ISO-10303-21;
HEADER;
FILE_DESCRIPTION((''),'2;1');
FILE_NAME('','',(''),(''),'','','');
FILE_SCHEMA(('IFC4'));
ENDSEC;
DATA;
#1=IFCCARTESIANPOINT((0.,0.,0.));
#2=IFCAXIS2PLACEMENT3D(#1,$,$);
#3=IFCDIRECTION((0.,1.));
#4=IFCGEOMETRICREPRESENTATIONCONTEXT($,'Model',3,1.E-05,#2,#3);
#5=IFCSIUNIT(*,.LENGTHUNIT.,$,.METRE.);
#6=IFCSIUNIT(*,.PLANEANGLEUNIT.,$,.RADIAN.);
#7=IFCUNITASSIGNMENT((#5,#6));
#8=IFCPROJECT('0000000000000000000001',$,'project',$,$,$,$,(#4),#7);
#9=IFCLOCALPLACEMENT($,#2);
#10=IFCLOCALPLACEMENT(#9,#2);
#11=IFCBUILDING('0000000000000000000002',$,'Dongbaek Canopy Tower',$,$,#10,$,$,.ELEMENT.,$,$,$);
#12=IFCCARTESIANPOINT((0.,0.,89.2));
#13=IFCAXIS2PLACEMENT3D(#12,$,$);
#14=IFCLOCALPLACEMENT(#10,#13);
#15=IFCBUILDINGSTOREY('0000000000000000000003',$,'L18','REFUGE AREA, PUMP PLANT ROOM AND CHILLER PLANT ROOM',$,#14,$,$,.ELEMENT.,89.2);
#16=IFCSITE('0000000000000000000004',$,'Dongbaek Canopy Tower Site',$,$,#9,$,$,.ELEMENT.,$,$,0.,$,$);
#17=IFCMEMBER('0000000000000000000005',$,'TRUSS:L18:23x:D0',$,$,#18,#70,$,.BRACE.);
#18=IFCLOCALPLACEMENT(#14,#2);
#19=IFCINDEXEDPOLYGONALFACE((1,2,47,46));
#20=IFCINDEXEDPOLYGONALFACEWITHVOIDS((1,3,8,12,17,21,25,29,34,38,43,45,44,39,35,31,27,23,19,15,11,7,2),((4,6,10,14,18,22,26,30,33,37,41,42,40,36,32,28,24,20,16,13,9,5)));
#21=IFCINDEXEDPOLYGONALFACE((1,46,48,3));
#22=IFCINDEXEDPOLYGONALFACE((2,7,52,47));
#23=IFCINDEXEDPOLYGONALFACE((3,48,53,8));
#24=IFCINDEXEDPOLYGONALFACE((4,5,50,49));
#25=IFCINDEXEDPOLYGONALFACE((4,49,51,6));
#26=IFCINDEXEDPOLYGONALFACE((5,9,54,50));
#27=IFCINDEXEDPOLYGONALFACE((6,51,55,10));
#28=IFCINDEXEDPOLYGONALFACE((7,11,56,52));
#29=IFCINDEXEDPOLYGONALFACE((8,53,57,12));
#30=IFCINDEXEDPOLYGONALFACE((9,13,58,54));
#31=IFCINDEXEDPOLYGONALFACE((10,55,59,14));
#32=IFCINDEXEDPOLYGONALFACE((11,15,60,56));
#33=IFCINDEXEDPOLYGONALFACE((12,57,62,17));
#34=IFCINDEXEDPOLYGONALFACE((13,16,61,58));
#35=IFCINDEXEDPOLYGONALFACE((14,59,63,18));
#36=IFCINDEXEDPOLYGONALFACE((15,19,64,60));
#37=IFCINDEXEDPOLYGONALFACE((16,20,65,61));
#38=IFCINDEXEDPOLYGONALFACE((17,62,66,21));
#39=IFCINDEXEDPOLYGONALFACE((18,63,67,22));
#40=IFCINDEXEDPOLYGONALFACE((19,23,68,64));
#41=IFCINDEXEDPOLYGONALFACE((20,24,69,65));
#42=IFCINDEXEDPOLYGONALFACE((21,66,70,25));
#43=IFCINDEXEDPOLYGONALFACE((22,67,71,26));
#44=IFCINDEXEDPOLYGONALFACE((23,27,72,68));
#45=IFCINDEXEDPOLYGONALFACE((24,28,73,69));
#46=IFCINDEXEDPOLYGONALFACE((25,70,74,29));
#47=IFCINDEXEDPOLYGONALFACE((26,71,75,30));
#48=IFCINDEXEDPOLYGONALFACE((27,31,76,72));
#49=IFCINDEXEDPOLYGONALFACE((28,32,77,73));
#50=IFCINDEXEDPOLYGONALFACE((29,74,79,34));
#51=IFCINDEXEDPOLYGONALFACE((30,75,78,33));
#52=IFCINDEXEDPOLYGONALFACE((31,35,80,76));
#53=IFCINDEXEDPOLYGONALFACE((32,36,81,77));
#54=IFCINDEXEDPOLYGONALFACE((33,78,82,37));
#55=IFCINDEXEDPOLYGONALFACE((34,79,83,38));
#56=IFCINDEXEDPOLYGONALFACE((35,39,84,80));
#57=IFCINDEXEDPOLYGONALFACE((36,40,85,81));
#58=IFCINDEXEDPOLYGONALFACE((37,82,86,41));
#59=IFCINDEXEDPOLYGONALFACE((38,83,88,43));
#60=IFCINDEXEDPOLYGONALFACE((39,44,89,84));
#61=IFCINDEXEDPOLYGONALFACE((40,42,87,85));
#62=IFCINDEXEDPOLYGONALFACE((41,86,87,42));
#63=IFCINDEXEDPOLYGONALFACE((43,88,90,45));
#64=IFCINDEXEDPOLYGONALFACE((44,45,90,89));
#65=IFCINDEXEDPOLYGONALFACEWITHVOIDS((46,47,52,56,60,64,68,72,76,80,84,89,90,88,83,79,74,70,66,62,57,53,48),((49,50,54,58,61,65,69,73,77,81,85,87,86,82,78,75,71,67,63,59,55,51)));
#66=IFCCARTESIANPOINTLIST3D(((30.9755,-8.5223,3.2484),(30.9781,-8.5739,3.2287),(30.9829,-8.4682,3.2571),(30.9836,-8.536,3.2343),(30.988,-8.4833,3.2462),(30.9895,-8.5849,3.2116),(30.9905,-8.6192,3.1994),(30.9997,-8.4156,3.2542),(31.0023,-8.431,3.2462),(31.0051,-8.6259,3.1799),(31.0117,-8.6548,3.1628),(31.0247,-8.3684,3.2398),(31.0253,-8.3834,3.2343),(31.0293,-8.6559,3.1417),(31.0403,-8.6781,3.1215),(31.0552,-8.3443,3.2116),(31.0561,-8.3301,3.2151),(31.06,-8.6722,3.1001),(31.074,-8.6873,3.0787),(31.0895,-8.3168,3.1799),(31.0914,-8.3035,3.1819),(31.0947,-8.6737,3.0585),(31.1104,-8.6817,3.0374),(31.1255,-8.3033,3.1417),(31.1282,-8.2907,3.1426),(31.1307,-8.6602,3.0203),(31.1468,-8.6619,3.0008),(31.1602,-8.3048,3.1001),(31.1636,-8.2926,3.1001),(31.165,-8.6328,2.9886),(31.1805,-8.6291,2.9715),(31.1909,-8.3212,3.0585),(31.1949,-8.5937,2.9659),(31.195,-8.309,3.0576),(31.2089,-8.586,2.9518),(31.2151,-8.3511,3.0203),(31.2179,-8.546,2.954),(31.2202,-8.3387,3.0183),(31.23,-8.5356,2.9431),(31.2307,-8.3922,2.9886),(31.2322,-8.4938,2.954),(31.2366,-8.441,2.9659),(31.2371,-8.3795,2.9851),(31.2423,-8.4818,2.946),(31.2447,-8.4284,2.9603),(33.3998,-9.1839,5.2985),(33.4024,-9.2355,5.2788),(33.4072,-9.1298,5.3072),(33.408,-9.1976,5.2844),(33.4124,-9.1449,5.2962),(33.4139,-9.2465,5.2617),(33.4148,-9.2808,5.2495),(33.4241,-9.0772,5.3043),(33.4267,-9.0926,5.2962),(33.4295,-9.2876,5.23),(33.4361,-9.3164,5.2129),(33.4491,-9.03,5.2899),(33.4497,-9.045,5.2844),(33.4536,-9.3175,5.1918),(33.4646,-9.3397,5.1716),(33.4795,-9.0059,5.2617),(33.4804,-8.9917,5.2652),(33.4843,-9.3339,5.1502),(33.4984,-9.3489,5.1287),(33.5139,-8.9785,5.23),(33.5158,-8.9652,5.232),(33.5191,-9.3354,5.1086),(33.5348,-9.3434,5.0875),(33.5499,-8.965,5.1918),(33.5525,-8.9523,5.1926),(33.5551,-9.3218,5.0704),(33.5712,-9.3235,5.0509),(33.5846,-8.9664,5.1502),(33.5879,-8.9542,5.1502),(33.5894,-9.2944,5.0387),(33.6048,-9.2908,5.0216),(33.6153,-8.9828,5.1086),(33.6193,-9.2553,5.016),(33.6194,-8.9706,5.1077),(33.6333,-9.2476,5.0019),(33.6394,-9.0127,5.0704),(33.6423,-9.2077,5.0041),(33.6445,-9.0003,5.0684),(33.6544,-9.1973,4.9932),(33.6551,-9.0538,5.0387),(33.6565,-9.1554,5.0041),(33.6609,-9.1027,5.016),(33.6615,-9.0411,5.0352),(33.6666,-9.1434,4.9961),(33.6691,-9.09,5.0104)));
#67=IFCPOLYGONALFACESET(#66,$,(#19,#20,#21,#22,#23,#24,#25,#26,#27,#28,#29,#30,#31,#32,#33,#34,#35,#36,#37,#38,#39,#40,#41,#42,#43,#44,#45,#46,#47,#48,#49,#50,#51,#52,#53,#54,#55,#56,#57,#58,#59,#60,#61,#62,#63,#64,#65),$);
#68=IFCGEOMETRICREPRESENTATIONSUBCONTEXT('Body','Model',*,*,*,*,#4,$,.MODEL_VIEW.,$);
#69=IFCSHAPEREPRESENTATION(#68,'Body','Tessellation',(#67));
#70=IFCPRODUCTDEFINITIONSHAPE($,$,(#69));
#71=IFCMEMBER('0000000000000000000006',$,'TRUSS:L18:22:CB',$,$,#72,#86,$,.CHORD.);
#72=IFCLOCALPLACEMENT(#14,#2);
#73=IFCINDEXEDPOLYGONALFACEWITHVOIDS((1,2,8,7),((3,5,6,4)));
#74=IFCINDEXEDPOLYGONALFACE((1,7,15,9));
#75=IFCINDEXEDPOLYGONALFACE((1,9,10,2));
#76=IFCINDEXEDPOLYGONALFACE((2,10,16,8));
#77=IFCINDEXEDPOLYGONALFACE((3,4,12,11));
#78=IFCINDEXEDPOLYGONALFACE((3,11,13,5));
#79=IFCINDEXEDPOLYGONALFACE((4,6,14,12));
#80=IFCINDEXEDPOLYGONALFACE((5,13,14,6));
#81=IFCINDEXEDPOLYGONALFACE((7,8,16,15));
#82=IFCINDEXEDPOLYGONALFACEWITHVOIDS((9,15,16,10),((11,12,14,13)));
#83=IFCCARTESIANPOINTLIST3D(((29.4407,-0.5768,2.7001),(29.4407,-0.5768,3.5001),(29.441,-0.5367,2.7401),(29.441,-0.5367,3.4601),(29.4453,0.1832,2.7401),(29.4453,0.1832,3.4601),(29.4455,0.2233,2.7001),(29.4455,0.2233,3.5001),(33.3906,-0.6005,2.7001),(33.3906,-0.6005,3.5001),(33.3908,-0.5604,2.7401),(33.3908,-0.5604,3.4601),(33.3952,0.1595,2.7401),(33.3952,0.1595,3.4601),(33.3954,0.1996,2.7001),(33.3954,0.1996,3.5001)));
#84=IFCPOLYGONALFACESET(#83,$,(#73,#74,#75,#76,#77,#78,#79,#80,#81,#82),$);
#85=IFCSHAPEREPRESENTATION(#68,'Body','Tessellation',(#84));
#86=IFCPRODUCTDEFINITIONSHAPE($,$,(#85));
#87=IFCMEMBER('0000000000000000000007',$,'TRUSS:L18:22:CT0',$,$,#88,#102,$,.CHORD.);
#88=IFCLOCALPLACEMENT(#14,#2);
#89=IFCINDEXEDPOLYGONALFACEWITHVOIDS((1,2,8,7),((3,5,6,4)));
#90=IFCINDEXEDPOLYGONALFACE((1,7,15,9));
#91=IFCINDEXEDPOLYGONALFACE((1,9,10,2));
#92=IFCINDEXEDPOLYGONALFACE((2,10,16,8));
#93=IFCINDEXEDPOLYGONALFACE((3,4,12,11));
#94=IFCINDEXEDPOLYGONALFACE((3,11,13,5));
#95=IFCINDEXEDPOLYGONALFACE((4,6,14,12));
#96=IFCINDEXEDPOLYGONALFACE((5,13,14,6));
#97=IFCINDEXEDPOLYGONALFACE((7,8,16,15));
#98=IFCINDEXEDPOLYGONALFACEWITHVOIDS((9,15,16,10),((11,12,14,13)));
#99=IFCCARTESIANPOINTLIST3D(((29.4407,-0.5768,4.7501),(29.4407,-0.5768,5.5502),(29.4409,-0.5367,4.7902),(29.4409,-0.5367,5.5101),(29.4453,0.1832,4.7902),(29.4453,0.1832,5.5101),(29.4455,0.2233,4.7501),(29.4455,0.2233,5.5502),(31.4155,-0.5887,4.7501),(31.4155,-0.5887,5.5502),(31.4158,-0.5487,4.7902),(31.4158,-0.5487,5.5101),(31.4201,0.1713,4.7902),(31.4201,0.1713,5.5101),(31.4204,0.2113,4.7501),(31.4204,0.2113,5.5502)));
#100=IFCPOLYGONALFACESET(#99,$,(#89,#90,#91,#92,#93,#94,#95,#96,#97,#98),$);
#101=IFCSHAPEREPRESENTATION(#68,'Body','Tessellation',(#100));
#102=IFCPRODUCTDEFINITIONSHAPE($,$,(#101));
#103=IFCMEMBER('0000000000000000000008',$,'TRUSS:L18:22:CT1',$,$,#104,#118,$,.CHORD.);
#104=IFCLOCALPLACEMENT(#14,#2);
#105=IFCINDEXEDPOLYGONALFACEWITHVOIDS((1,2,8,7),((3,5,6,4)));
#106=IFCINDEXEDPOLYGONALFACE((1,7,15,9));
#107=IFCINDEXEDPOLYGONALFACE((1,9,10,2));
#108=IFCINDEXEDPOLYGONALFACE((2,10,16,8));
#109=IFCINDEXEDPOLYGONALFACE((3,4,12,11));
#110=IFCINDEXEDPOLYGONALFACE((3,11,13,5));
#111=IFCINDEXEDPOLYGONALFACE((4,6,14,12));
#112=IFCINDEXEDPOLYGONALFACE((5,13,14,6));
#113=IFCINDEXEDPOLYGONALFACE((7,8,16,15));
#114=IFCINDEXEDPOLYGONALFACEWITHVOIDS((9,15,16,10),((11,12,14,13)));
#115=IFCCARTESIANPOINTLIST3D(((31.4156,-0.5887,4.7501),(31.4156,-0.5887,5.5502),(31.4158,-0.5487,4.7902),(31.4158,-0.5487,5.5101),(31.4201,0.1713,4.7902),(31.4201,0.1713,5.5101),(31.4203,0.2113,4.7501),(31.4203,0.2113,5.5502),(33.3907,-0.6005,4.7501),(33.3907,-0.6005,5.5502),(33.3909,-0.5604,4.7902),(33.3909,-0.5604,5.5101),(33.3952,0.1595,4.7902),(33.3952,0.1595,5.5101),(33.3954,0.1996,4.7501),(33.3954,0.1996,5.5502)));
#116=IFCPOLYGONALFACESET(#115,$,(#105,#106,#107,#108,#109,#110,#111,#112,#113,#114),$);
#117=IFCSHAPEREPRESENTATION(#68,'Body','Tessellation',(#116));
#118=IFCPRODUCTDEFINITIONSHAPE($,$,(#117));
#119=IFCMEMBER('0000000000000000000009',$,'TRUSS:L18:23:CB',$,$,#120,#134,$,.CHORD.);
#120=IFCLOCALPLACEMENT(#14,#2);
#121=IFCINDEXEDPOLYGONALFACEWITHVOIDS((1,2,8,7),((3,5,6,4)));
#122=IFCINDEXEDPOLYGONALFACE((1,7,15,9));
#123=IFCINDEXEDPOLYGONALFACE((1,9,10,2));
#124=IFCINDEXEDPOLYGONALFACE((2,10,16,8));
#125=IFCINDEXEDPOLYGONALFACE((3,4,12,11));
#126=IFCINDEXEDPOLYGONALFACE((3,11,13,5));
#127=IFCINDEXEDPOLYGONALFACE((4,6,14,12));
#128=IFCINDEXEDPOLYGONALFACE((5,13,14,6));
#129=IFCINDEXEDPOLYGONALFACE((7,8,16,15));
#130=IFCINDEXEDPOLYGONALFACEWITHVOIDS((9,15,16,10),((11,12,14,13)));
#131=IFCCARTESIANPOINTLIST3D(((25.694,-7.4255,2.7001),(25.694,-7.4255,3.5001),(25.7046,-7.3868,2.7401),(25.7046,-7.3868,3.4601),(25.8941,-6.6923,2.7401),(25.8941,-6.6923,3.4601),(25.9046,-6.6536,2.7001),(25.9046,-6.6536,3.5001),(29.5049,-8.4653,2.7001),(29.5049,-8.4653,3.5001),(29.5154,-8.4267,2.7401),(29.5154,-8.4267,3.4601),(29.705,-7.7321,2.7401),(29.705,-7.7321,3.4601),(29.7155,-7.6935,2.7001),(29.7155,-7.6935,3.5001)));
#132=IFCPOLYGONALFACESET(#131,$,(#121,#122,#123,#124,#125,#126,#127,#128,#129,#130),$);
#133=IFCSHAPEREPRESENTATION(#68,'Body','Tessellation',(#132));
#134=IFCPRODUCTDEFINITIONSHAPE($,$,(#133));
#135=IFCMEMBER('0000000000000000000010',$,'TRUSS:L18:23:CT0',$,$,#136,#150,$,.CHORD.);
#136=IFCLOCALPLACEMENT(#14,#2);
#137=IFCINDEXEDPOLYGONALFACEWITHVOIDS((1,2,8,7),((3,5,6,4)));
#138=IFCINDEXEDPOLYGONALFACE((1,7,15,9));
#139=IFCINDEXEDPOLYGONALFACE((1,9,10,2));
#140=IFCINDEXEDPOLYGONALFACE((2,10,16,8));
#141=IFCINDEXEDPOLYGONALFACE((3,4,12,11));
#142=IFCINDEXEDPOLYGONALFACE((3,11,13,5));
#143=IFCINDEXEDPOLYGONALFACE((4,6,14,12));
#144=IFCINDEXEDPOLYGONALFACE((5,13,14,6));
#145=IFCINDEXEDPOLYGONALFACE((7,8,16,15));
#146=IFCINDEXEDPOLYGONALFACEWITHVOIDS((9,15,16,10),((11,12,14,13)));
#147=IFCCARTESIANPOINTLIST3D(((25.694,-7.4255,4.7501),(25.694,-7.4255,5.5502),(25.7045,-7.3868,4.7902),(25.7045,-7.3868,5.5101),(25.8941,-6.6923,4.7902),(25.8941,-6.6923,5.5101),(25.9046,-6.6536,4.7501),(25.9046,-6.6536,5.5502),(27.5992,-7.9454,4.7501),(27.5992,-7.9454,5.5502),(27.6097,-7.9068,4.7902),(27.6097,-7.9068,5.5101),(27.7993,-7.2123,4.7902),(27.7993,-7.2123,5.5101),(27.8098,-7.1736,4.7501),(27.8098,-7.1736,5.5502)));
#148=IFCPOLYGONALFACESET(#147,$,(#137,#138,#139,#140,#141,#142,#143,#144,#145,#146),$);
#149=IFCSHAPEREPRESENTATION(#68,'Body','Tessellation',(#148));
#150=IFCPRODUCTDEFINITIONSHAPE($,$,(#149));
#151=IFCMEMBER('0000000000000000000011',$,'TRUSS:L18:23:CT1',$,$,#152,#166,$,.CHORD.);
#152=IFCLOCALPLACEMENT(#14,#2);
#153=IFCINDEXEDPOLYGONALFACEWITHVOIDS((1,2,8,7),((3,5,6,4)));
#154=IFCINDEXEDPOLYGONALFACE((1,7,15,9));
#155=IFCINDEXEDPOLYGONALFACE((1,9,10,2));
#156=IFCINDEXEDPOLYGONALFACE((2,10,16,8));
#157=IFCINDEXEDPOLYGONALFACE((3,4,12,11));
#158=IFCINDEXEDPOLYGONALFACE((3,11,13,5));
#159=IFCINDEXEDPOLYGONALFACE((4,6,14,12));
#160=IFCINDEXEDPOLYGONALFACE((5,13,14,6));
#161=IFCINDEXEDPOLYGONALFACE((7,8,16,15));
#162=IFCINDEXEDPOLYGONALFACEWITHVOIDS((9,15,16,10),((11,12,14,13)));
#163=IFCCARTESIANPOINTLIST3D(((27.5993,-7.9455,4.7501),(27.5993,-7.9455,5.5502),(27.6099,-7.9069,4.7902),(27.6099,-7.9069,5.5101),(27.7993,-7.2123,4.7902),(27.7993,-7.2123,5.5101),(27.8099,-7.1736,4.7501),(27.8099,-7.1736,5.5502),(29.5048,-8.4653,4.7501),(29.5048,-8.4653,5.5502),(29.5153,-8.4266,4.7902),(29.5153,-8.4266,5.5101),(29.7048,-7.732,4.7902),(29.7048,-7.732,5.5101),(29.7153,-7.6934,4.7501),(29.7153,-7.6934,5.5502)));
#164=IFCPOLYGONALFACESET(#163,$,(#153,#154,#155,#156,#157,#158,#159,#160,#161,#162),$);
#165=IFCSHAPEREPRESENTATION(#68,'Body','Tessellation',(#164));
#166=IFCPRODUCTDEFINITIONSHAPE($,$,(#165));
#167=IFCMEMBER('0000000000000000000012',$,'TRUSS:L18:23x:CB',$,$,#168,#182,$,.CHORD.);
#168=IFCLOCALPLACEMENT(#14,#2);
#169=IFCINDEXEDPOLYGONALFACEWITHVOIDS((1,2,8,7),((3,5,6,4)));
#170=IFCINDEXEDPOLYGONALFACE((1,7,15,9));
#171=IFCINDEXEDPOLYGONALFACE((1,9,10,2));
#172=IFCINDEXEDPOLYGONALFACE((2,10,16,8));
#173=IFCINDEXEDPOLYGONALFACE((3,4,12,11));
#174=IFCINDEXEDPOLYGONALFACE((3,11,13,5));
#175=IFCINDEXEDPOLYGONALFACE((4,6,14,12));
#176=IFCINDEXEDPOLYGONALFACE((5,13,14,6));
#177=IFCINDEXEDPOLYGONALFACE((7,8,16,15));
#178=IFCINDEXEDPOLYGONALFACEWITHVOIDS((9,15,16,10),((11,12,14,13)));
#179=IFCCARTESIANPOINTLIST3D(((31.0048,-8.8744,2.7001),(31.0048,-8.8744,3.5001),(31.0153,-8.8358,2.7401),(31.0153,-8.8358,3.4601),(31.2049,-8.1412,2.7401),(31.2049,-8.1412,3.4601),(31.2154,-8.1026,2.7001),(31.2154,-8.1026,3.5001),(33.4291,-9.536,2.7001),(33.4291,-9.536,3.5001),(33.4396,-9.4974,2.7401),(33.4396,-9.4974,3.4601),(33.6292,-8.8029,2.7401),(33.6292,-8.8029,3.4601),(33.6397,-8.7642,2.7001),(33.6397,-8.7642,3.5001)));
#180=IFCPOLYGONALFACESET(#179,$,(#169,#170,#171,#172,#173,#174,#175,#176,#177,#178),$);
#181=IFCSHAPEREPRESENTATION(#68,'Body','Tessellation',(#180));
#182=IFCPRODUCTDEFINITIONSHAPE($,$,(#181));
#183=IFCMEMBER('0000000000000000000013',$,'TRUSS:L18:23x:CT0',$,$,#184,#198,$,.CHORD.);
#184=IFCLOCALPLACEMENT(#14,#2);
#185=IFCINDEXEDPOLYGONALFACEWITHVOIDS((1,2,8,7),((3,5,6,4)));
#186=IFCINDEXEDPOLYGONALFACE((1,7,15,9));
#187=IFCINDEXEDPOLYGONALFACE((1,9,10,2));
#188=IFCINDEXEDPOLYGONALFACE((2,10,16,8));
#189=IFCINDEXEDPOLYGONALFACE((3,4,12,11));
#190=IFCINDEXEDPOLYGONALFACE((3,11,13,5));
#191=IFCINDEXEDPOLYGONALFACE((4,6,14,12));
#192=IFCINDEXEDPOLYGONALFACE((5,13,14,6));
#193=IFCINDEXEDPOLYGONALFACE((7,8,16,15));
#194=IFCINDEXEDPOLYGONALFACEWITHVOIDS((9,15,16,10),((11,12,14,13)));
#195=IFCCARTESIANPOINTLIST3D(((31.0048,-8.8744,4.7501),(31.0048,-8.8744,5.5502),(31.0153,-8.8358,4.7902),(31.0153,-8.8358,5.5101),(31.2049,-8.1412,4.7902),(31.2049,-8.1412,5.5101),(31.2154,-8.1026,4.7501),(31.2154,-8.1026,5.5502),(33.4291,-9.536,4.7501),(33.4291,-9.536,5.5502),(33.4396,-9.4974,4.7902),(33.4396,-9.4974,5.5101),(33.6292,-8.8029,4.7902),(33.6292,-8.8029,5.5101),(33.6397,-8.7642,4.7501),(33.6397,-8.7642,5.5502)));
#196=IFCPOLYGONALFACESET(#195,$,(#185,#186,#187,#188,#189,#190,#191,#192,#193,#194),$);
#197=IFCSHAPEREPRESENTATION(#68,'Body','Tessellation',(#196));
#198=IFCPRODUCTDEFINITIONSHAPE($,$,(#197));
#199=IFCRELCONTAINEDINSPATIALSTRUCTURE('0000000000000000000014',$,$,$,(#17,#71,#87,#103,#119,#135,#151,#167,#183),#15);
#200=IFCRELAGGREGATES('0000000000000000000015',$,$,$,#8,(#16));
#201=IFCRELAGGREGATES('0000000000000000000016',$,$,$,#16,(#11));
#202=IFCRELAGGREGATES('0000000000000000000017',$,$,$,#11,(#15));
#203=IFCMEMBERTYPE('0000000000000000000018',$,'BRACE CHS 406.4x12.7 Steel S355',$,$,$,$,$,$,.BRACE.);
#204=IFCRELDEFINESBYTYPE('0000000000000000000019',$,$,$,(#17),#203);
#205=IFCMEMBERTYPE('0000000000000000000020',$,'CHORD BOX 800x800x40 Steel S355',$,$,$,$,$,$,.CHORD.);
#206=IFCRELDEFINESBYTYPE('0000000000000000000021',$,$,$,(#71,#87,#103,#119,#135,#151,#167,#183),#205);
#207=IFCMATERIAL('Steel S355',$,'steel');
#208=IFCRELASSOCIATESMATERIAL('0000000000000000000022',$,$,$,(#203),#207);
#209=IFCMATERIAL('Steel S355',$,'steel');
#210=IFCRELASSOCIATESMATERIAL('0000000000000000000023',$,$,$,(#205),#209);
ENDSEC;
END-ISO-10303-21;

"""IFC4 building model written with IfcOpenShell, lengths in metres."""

from ifc_helpers import new_model, si_unit, direction, frame, origin, origin_2d, place, context, subcontext, project, spatial, hollow_rectangle, hollow_circle, extrude, material, material_profile, profile_set, type_object, element, save


model = new_model("IFC4")

# Units and contexts
model_context = context("Model", 3, precision=1e-05, world=origin(), true_north=direction((0.0, 1.0)))
body_context = subcontext(model_context, "Body", "Model", "MODEL_VIEW")
ifc_project = project(units=[si_unit("LENGTHUNIT", "METRE"), si_unit("PLANEANGLEUNIT", "RADIAN")], contexts=[model_context])

# Site, building, storey
site_placement = place(None, origin())
site = spatial("IfcSite", under=ifc_project, at=site_placement, Name="Dongbaek Canopy Tower Site", CompositionType="ELEMENT", RefElevation=0.0)
building_placement = place(site_placement, origin())
building = spatial("IfcBuilding", under=site, at=building_placement, Name="Dongbaek Canopy Tower", CompositionType="ELEMENT")
storey_placement = place(building_placement, frame((0.0, 0.0, 89.2)))
storey = spatial("IfcBuildingStorey", under=building, at=storey_placement, Name="L18", Description="REFUGE AREA, PUMP PLANT ROOM AND CHILLER PLANT ROOM", CompositionType="ELEMENT", Elevation=89.2)

# Members
ifc_material_1 = material(Name="Steel S355", Category="steel")
ifc_material_profile_1 = material_profile(ifc_material_1, hollow_circle(Radius=0.2031, WallThickness=0.0127, at=origin_2d()), Name="BRACE CHS 406.4x12.7 Steel S355")
ifc_profile_set_1 = profile_set([ifc_material_profile_1], Name="Steel S355")
member_type_1 = type_object("IfcMemberType", Name="BRACE CHS 406.4x12.7 Steel S355", PredefinedType="BRACE", material=ifc_profile_set_1)
member_1_placement = place(storey_placement, frame((31.1101, -8.4885, 3.1001), z_axis=(0.747529, -0.204008, 0.632125), x_axis=(0.263282, 0.964719, 0.0)))
element("IfcMember", 1, at=member_1_placement, inside=storey, type_object=member_type_1, Name="TRUSS:L18:23x:D0", PredefinedType="BRACE", context=body_context, shape_type="SweptSolid", body=[
    extrude(hollow_circle(Radius=0.2031, WallThickness=0.0127, at=origin_2d()), origin(), (0.0, 0.0, 1.0), 3.2432),
])
ifc_material_2 = material(Name="Steel S355", Category="steel")
ifc_material_profile_2 = material_profile(ifc_material_2, hollow_rectangle(XDim=0.8, YDim=0.8, WallThickness=0.04, at=origin_2d()), Name="CHORD BOX 800x800x40 Steel S355")
ifc_profile_set_2 = profile_set([ifc_material_profile_2], Name="Steel S355")
member_type_2 = type_object("IfcMemberType", Name="CHORD BOX 800x800x40 Steel S355", PredefinedType="CHORD", material=ifc_profile_set_2)
member_2_placement = place(storey_placement, frame((29.4431, -0.1768, 3.1001), z_axis=(0.999982, -0.005995, 0.0), x_axis=(0.005995, 0.999982, 0.0)))
element("IfcMember", 2, at=member_2_placement, inside=storey, type_object=member_type_2, Name="TRUSS:L18:22:CB", PredefinedType="CHORD", context=body_context, shape_type="SweptSolid", body=[
    extrude(hollow_rectangle(XDim=0.8, YDim=0.8, WallThickness=0.04, at=origin_2d()), origin(), (0.0, 0.0, 1.0), 3.95),
])
member_3_placement = place(storey_placement, frame((29.4431, -0.1768, 5.1501), z_axis=(0.999982, -0.006057, 0.0), x_axis=(0.006057, 0.999982, 0.0)))
element("IfcMember", 3, at=member_3_placement, inside=storey, type_object=member_type_2, Name="TRUSS:L18:22:CT0", PredefinedType="CHORD", context=body_context, shape_type="SweptSolid", body=[
    extrude(hollow_rectangle(XDim=0.8, YDim=0.8, WallThickness=0.04, at=origin_2d()), origin(), (0.0, 0.0, 1.0), 1.9749),
])
member_4_placement = place(storey_placement, frame((31.418, -0.1887, 5.1501), z_axis=(0.999982, -0.005933, 0.0), x_axis=(0.005933, 0.999982, 0.0)))
element("IfcMember", 4, at=member_4_placement, inside=storey, type_object=member_type_2, Name="TRUSS:L18:22:CT1", PredefinedType="CHORD", context=body_context, shape_type="SweptSolid", body=[
    extrude(hollow_rectangle(XDim=0.8, YDim=0.8, WallThickness=0.04, at=origin_2d()), origin(), (0.0, 0.0, 1.0), 1.9751),
])
member_5_placement = place(storey_placement, frame((25.7993, -7.0396, 3.1001), z_axis=(0.964732, -0.263232, 0.0), x_axis=(0.263232, 0.964732, 0.0)))
element("IfcMember", 5, at=member_5_placement, inside=storey, type_object=member_type_2, Name="TRUSS:L18:23:CB", PredefinedType="CHORD", context=body_context, shape_type="SweptSolid", body=[
    extrude(hollow_rectangle(XDim=0.8, YDim=0.8, WallThickness=0.04, at=origin_2d()), origin(), (0.0, 0.0, 1.0), 3.9502),
])
member_6_placement = place(storey_placement, frame((25.7993, -7.0396, 5.1501), z_axis=(0.964712, -0.263306, 0.0), x_axis=(0.263306, 0.964712, 0.0)))
element("IfcMember", 6, at=member_6_placement, inside=storey, type_object=member_type_2, Name="TRUSS:L18:23:CT0", PredefinedType="CHORD", context=body_context, shape_type="SweptSolid", body=[
    extrude(hollow_rectangle(XDim=0.8, YDim=0.8, WallThickness=0.04, at=origin_2d()), origin(), (0.0, 0.0, 1.0), 1.9749),
])
member_7_placement = place(storey_placement, frame((27.7046, -7.5596, 5.1501), z_axis=(0.964752, -0.263159, 0.0), x_axis=(0.263159, 0.964752, 0.0)))
element("IfcMember", 7, at=member_7_placement, inside=storey, type_object=member_type_2, Name="TRUSS:L18:23:CT1", PredefinedType="CHORD", context=body_context, shape_type="SweptSolid", body=[
    extrude(hollow_rectangle(XDim=0.8, YDim=0.8, WallThickness=0.04, at=origin_2d()), origin(), (0.0, 0.0, 1.0), 1.9751),
])
for number, where, z_axis, x_axis, name in (
    (8, (31.1101, -8.4885, 3.1001), (0.964719, -0.263282, 0.0), (0.263282, 0.964719, 0.0), "TRUSS:L18:23x:CB"),
    (9, (31.1101, -8.4885, 5.1501), (0.964719, -0.263282, 0.0), (0.263282, 0.964719, 0.0), "TRUSS:L18:23x:CT0"),
):
    element("IfcMember", number, at=place(storey_placement, frame(where, z_axis=z_axis, x_axis=x_axis)), inside=storey, type_object=member_type_2, Name=name, PredefinedType="CHORD", context=body_context, shape_type="SweptSolid", body=[
        extrude(hollow_rectangle(XDim=0.8, YDim=0.8, WallThickness=0.04, at=origin_2d()), origin(), (0.0, 0.0, 1.0), 2.5129),
    ])

save(model, "model.ifc")
